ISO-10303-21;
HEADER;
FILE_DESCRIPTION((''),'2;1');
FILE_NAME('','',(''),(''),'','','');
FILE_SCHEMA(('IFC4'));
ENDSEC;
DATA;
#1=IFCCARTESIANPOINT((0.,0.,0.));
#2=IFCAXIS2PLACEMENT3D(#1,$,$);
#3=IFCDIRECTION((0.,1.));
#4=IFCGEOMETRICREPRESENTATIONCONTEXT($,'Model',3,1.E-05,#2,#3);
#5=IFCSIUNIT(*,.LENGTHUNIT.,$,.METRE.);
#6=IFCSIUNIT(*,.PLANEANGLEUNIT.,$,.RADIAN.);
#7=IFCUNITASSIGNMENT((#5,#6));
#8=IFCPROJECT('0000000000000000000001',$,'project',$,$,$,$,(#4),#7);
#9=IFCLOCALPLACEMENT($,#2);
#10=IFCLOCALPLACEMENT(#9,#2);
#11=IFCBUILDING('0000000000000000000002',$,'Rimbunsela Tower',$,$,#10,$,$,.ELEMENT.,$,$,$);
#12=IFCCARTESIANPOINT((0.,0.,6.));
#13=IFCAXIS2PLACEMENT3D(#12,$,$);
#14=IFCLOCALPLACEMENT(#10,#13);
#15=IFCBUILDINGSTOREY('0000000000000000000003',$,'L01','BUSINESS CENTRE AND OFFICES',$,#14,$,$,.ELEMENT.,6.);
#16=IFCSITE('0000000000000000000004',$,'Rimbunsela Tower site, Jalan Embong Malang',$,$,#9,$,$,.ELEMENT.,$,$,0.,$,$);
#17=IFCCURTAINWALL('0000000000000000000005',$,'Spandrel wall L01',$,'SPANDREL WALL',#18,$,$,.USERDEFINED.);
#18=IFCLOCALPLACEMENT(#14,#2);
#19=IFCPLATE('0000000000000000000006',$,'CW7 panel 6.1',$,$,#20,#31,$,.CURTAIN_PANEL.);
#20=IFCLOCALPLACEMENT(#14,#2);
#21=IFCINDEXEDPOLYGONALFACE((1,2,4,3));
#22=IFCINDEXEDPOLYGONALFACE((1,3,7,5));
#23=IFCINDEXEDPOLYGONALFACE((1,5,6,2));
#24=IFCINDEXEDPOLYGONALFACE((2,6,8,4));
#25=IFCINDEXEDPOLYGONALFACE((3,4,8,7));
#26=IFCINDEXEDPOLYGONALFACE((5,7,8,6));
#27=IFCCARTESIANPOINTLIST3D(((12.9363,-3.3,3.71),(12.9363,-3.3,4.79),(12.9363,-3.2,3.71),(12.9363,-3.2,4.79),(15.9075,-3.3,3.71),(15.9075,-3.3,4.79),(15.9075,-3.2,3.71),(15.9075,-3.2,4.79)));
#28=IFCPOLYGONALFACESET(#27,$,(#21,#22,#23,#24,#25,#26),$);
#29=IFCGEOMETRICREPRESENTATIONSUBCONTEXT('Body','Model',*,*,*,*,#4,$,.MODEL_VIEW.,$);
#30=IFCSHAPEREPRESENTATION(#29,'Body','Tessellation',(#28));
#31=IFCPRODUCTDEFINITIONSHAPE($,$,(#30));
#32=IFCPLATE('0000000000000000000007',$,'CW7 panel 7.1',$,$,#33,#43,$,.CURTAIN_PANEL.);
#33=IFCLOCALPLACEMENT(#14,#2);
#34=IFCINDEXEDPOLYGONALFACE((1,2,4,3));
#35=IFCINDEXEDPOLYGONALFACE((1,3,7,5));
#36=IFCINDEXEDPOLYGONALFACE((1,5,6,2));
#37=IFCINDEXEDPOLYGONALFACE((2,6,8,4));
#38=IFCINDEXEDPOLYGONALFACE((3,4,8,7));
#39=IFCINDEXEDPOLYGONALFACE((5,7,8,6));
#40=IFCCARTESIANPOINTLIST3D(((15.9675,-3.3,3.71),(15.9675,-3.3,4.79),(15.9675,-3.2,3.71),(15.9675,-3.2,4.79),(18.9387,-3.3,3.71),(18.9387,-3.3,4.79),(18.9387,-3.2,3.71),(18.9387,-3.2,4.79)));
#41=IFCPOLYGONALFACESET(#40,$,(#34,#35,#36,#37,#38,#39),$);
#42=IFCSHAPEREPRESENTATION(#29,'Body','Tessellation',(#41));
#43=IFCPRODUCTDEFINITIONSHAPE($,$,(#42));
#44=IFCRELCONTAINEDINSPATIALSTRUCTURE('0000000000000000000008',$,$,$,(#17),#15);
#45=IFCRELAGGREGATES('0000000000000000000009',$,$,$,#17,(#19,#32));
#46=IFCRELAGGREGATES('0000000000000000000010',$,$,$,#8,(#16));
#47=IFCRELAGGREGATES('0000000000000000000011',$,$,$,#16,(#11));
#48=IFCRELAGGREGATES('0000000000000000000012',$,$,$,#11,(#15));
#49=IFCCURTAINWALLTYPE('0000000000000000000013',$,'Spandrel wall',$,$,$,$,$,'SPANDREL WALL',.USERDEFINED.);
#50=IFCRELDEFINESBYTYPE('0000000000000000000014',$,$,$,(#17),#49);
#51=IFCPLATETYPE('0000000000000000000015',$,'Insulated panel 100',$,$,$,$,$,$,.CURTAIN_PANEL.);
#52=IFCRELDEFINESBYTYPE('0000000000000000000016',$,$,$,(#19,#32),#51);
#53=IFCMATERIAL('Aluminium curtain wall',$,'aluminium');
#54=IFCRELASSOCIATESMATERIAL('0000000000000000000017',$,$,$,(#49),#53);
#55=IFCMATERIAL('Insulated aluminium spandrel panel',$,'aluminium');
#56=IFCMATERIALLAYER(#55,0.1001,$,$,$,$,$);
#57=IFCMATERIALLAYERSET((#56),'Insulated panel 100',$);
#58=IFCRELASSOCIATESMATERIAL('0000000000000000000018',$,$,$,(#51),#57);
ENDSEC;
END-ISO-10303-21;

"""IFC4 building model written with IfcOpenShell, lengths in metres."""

from ifc_helpers import new_model, si_unit, direction, frame, origin, origin_2d, place, context, subcontext, project, spatial, rectangle, extrude, material, layer, layer_set, type_object, element, aggregate, save


model = new_model("IFC4")

# Units and contexts
model_context = context("Model", 3, precision=1e-05, world=origin(), true_north=direction((0.0, 1.0)))
body_context = subcontext(model_context, "Body", "Model", "MODEL_VIEW")
ifc_project = project(units=[si_unit("LENGTHUNIT", "METRE"), si_unit("PLANEANGLEUNIT", "RADIAN")], contexts=[model_context])

# Site, building, storey
site_placement = place(None, origin())
site = spatial("IfcSite", under=ifc_project, at=site_placement, Name="Rimbunsela Tower site, Jalan Embong Malang", CompositionType="ELEMENT", RefElevation=0.0)
building_placement = place(site_placement, origin())
building = spatial("IfcBuilding", under=site, at=building_placement, Name="Rimbunsela Tower", CompositionType="ELEMENT")
storey_placement = place(building_placement, frame((0.0, 0.0, 6.0)))
storey = spatial("IfcBuildingStorey", under=building, at=storey_placement, Name="L01", Description="BUSINESS CENTRE AND OFFICES", CompositionType="ELEMENT", Elevation=6.0)

# Curtain wall
ifc_material_1 = material(Name="Aluminium curtain wall", Category="aluminium")
curtain_wall_type_1 = type_object("IfcCurtainWallType", Name="Spandrel wall", ElementType="SPANDREL WALL", PredefinedType="USERDEFINED", material=ifc_material_1)
curtain_wall_1_placement = place(storey_placement, origin())
curtain_wall_1 = element("IfcCurtainWall", 1, at=curtain_wall_1_placement, inside=storey, type_object=curtain_wall_type_1, Name="Spandrel wall L01", ObjectType="SPANDREL WALL", PredefinedType="USERDEFINED")

# Plates
ifc_material_2 = material(Name="Insulated aluminium spandrel panel", Category="aluminium")
ifc_layer_1 = layer(ifc_material_2, 0.1001)
ifc_layer_set_1 = layer_set([ifc_layer_1], Name="Insulated panel 100")
plate_type_1 = type_object("IfcPlateType", Name="Insulated panel 100", PredefinedType="CURTAIN_PANEL", material=ifc_layer_set_1)
plate_1_placement = place(storey_placement, frame((14.4219, -3.25, 3.71), z_axis=(0.0, 0.0, 1.0), x_axis=(1.0, 0.0, 0.0)))
plate_1 = element("IfcPlate", 2, at=plate_1_placement, type_object=plate_type_1, Name="CW7 panel 6.1", PredefinedType="CURTAIN_PANEL", context=body_context, shape_type="SweptSolid", body=[
    extrude(rectangle(XDim=2.9712, YDim=0.1001, at=origin_2d()), origin(), (0.0, 0.0, 1.0), 1.0801),
])
plate_2_placement = place(storey_placement, frame((17.4531, -3.25, 3.71), z_axis=(0.0, 0.0, 1.0), x_axis=(1.0, 0.0, 0.0)))
plate_2 = element("IfcPlate", 3, at=plate_2_placement, type_object=plate_type_1, Name="CW7 panel 7.1", PredefinedType="CURTAIN_PANEL", context=body_context, shape_type="SweptSolid", body=[
    extrude(rectangle(XDim=2.9712, YDim=0.1001, at=origin_2d()), origin(), (0.0, 0.0, 1.0), 1.0801),
])
aggregate(curtain_wall_1, [plate_1, plate_2])

save(model, "model.ifc")
